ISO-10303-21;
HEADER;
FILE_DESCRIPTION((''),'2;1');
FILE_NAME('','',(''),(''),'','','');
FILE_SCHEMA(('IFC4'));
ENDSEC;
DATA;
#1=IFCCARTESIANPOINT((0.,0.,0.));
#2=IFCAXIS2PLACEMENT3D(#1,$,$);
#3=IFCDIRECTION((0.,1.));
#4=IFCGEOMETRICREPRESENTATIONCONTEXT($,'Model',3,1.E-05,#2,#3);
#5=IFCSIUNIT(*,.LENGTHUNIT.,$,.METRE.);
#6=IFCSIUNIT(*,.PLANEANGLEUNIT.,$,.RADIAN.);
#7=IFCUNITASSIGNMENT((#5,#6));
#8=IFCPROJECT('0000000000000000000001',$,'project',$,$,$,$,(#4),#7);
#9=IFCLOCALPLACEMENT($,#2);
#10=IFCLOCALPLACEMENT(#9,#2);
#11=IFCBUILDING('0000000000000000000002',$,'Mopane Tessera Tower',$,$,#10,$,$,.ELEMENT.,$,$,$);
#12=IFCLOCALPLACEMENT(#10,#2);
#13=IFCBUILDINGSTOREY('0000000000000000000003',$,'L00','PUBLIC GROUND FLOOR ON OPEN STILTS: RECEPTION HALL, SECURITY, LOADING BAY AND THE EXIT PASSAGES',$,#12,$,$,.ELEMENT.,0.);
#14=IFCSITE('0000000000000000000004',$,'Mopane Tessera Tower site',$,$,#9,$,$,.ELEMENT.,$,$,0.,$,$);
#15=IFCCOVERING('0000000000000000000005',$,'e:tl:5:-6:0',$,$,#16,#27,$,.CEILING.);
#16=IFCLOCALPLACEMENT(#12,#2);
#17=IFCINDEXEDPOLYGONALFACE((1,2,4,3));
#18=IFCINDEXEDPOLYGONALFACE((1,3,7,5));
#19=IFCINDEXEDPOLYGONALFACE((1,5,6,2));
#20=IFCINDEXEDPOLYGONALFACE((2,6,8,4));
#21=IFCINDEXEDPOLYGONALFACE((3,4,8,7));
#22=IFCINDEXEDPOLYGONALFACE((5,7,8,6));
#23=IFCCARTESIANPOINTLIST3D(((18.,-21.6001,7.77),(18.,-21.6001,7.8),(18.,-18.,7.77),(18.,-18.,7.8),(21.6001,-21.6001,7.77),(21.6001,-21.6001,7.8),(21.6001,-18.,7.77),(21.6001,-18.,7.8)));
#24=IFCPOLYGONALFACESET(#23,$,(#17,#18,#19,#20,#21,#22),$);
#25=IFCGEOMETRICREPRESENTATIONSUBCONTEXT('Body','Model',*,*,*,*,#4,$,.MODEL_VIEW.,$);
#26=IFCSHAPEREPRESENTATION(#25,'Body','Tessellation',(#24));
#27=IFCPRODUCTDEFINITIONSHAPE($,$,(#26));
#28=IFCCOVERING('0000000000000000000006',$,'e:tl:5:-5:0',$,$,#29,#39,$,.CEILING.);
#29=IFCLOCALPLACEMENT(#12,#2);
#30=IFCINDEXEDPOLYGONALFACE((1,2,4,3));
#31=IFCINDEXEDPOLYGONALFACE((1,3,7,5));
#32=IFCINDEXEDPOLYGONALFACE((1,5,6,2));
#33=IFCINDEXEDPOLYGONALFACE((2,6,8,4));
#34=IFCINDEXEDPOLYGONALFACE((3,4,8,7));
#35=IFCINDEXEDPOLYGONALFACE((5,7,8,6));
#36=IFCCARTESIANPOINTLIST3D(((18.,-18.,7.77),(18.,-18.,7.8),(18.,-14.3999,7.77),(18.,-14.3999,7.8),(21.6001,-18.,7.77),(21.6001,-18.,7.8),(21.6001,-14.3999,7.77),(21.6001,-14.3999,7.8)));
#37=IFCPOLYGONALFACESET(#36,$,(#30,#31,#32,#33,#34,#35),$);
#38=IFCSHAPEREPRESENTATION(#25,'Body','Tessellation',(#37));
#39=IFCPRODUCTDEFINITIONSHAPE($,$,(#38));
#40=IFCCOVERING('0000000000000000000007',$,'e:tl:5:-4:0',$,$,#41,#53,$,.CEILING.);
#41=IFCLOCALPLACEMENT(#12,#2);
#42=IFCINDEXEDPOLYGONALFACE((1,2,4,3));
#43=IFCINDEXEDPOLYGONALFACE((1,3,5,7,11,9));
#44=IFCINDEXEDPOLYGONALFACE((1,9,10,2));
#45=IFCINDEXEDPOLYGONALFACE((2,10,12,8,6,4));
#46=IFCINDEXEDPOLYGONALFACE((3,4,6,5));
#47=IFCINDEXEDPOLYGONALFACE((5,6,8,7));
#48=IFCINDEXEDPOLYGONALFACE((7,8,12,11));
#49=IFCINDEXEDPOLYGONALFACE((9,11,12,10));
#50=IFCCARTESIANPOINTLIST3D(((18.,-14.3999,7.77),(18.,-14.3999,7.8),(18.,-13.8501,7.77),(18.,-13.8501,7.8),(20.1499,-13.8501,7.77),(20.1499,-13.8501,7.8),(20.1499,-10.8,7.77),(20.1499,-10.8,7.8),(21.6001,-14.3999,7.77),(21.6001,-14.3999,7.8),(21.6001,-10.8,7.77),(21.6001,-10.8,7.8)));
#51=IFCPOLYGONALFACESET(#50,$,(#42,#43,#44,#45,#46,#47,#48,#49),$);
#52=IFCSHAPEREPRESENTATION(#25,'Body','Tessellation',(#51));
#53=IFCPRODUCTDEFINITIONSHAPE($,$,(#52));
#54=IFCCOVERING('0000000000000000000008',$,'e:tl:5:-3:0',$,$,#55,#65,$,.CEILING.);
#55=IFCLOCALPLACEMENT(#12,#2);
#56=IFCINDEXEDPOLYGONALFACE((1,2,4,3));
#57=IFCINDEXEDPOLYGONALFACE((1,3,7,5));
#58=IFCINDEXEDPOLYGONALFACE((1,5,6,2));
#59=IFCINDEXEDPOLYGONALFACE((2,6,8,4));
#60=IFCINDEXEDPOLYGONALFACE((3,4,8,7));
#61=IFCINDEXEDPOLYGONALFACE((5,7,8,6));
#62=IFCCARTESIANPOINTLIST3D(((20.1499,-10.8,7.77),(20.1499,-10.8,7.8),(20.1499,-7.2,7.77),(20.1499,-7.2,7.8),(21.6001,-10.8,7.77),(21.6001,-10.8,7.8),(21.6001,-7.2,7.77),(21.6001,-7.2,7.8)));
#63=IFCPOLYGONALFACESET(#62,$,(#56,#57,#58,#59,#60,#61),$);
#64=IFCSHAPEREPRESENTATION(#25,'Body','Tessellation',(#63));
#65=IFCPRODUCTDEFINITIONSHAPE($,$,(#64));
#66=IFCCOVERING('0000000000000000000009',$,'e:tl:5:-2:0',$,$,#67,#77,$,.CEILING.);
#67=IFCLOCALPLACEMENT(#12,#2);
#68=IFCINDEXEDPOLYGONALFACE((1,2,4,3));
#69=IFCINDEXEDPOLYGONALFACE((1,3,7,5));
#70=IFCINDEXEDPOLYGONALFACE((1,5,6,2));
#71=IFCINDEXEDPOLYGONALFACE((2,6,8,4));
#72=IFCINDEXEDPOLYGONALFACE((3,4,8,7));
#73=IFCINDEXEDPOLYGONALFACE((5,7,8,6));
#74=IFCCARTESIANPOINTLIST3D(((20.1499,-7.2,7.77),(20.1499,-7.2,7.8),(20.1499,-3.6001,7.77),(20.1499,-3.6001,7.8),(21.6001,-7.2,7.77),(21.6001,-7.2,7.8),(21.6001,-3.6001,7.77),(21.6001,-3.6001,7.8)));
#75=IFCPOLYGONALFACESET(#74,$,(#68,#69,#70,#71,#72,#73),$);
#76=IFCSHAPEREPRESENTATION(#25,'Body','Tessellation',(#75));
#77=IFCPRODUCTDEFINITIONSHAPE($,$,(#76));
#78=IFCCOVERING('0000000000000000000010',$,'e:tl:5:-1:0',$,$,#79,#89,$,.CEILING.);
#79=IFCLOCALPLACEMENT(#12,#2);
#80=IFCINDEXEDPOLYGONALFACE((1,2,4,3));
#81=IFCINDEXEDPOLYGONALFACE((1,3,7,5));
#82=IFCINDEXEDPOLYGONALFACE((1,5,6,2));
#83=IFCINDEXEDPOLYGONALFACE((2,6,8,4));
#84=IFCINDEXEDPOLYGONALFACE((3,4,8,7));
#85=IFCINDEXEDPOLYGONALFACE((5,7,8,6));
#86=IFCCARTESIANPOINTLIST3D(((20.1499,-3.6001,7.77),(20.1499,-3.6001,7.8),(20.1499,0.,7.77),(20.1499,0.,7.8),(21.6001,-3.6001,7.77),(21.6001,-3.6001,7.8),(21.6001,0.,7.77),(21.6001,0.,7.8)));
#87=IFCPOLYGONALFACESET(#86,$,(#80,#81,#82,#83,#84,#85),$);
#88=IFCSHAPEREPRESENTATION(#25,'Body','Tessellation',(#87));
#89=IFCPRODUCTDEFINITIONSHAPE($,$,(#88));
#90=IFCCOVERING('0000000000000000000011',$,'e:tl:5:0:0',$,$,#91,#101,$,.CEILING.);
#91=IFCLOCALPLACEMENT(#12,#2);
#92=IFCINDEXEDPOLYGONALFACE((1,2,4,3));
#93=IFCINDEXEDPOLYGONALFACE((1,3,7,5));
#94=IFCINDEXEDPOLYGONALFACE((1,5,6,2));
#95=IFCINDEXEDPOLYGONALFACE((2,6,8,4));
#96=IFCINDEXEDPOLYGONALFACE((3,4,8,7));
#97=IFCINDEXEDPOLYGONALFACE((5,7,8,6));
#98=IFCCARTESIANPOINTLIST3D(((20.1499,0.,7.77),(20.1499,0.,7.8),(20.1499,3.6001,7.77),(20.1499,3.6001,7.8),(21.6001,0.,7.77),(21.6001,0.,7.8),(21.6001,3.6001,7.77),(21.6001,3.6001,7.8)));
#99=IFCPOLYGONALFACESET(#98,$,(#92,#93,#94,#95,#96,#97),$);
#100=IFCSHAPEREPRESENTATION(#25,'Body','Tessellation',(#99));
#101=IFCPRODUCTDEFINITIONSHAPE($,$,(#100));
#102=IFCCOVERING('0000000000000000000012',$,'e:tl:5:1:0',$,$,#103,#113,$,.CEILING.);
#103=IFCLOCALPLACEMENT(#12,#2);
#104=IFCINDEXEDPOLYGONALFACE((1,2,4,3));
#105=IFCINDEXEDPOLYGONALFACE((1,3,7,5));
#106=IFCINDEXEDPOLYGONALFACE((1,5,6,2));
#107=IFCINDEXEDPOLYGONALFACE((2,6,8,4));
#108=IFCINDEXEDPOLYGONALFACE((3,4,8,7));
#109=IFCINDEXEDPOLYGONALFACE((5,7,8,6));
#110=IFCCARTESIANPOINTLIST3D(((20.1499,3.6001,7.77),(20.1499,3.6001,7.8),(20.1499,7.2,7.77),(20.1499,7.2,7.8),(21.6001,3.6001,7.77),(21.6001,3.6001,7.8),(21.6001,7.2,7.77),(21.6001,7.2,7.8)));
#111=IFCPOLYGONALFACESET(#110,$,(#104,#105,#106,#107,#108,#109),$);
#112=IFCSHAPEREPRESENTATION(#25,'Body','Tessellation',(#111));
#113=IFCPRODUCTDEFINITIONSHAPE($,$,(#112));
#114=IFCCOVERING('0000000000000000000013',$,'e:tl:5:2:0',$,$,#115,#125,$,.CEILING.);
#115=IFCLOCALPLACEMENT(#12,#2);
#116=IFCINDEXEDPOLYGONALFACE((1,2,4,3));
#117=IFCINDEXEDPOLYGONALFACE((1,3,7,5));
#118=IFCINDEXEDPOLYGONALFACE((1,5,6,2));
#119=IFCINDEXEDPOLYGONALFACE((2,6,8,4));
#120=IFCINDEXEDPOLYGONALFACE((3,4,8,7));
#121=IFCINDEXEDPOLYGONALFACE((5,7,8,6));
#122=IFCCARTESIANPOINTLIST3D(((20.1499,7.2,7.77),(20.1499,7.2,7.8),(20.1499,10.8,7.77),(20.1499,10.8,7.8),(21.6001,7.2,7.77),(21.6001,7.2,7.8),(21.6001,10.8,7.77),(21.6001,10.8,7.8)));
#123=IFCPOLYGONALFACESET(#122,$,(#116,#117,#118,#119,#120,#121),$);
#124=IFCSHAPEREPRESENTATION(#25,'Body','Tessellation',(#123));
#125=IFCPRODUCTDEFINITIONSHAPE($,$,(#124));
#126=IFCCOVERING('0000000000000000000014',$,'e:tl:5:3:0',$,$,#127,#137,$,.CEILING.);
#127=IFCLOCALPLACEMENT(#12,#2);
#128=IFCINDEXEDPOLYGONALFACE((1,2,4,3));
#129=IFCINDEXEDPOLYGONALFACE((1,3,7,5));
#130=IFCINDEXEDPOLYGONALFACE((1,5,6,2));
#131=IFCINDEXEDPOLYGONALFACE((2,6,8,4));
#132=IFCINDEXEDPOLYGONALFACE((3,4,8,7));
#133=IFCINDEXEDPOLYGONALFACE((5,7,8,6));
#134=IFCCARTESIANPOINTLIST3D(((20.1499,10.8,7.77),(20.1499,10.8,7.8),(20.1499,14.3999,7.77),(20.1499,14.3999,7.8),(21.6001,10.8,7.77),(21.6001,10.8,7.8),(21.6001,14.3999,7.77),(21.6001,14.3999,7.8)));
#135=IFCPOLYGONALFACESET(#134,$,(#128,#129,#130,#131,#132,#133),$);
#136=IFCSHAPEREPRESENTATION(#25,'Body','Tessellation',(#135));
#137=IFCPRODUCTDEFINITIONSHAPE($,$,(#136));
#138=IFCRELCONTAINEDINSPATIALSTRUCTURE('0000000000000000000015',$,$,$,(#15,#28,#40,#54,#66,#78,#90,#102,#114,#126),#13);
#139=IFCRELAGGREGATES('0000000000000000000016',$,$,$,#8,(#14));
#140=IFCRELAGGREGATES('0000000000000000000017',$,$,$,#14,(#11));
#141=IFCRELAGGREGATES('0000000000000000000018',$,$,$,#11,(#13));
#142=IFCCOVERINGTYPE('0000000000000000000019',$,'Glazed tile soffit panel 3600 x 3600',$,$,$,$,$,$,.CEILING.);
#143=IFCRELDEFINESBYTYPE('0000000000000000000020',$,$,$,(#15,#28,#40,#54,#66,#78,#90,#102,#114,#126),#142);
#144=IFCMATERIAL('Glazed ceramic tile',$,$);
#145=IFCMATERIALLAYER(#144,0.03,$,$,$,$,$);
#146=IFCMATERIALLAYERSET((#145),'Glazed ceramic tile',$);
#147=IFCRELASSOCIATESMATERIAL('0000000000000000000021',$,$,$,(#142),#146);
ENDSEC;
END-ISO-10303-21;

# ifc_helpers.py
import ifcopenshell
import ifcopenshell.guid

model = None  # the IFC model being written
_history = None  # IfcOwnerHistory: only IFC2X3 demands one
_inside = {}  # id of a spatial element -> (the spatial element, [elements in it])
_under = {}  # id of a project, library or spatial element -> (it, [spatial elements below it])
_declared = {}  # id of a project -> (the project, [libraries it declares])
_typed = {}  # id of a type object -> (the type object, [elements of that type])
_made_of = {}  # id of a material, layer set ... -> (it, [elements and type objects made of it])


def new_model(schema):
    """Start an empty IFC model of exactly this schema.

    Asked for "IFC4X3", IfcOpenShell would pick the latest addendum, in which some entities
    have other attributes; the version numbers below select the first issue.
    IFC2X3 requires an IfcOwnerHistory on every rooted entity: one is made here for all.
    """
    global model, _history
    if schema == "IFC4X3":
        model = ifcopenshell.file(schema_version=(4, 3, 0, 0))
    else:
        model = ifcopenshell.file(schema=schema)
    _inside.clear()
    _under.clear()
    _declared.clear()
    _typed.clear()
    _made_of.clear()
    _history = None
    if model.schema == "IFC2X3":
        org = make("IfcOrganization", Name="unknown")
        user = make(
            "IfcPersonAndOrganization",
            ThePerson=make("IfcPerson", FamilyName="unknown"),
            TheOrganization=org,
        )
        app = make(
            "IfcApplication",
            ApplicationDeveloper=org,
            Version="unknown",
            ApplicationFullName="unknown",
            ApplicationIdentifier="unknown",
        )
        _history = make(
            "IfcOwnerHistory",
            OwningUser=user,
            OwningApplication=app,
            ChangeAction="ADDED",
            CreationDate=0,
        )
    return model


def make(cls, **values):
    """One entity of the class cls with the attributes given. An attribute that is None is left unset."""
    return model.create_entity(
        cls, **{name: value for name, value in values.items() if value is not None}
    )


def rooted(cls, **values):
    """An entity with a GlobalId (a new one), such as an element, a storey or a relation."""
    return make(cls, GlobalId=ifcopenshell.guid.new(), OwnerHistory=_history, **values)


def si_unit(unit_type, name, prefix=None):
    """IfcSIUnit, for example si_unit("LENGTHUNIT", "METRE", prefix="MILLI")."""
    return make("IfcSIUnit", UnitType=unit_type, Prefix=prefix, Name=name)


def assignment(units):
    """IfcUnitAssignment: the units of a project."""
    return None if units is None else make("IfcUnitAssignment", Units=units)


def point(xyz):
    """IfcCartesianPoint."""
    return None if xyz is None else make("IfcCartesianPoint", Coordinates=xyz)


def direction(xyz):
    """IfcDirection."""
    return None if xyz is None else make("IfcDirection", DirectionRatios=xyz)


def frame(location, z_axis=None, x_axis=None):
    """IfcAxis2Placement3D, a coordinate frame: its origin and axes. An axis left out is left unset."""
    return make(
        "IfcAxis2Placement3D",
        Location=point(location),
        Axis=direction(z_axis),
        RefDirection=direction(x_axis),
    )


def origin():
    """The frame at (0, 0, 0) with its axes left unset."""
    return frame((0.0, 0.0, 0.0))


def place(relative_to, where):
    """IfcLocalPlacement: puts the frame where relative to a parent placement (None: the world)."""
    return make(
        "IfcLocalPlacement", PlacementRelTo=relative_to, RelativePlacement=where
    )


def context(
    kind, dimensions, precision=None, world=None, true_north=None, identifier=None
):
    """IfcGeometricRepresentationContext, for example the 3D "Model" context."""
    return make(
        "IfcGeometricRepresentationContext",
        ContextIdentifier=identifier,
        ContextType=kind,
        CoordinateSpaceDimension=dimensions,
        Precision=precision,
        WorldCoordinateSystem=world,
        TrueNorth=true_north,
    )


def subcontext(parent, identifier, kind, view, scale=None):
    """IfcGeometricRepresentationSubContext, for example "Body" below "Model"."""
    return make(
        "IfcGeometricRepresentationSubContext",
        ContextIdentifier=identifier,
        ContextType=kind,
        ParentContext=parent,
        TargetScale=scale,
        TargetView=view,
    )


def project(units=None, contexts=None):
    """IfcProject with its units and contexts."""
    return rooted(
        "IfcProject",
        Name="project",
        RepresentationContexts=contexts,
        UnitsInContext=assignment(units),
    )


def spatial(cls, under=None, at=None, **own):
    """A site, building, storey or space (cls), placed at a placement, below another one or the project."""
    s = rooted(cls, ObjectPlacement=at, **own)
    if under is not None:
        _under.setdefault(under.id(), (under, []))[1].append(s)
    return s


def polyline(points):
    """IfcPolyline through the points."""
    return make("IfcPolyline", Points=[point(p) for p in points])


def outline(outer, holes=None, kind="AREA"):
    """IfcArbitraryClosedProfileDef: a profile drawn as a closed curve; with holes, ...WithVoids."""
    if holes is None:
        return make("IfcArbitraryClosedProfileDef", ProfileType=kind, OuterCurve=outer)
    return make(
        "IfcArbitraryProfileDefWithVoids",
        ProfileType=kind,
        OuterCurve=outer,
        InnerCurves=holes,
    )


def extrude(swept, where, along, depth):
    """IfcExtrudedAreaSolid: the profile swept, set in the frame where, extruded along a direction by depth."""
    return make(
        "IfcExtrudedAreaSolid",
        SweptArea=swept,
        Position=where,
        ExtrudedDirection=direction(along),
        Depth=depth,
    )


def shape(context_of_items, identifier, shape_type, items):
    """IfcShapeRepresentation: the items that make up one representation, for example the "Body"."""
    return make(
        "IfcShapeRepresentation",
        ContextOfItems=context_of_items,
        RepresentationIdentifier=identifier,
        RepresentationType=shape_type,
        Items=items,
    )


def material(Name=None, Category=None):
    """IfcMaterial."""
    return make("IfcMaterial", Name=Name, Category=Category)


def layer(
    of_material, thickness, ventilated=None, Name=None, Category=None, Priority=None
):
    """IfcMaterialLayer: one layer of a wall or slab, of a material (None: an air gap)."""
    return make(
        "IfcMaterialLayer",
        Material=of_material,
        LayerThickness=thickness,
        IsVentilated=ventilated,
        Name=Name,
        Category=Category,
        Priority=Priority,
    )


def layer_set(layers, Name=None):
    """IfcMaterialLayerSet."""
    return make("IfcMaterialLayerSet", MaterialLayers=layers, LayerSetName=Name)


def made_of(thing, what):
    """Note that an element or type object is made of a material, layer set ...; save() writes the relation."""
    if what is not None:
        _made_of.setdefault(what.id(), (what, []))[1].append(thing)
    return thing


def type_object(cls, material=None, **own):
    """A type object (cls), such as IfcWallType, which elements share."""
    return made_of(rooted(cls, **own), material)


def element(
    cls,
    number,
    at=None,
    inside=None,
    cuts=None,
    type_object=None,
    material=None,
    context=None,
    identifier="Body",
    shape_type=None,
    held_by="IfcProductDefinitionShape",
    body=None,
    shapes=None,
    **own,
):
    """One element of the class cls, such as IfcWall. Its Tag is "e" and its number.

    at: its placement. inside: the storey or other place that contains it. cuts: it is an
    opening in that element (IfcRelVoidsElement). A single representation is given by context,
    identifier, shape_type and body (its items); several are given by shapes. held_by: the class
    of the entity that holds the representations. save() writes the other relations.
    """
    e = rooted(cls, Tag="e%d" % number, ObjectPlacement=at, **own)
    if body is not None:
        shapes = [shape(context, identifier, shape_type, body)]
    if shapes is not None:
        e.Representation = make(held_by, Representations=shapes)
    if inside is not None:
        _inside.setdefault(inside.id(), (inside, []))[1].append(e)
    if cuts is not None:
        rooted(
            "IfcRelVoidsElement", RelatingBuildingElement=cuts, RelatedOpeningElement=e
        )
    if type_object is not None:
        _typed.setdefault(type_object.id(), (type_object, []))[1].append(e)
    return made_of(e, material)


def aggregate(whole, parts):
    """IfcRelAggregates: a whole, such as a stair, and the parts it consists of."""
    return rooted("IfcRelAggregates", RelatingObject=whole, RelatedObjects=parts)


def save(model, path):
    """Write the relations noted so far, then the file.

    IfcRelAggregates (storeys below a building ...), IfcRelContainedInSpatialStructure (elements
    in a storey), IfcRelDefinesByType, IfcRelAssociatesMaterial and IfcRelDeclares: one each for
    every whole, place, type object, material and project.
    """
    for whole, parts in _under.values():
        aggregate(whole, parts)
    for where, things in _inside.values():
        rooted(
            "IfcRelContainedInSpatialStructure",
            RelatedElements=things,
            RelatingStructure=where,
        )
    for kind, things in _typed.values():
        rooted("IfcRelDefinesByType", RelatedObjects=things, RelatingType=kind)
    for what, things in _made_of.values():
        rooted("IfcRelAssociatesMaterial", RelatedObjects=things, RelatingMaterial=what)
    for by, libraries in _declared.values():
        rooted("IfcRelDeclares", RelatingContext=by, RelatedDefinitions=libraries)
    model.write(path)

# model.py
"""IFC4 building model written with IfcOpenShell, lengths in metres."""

from ifc_helpers import new_model, si_unit, direction, frame, origin, place, context, subcontext, project, spatial, polyline, outline, extrude, material, layer, layer_set, type_object, element, save


model = new_model("IFC4")

# Units and contexts
model_context = context("Model", 3, precision=1e-05, world=origin(), true_north=direction((0.0, 1.0)))
body_context = subcontext(model_context, "Body", "Model", "MODEL_VIEW")
ifc_project = project(units=[si_unit("LENGTHUNIT", "METRE"), si_unit("PLANEANGLEUNIT", "RADIAN")], contexts=[model_context])

# Site, building, storey
site_placement = place(None, origin())
site = spatial("IfcSite", under=ifc_project, at=site_placement, Name="Mopane Tessera Tower site", CompositionType="ELEMENT", RefElevation=0.0)
building_placement = place(site_placement, origin())
building = spatial("IfcBuilding", under=site, at=building_placement, Name="Mopane Tessera Tower", CompositionType="ELEMENT")
storey_placement = place(building_placement, origin())
storey = spatial("IfcBuildingStorey", under=building, at=storey_placement, Name="L00", Description="PUBLIC GROUND FLOOR ON OPEN STILTS: RECEPTION HALL, SECURITY, LOADING BAY AND THE EXIT PASSAGES", CompositionType="ELEMENT", Elevation=0.0)

# Coverings
ifc_material = material(Name="Glazed ceramic tile")
ifc_layer = layer(ifc_material, 0.03)
ifc_layer_set = layer_set([ifc_layer], Name="Glazed ceramic tile")
covering_type = type_object("IfcCoveringType", Name="Glazed tile soffit panel 3600 x 3600", PredefinedType="CEILING", material=ifc_layer_set)
covering_1_placement = place(storey_placement, frame((0.0, 0.0, 7.77)))
element("IfcCovering", 1, at=covering_1_placement, inside=storey, type_object=covering_type, Name="e:tl:5:-6:0", PredefinedType="CEILING", context=body_context, shape_type="SweptSolid", body=[
    extrude(outline(polyline([(18.0, -21.6001), (18.0, -18.0), (21.6001, -18.0), (21.6001, -21.6001), (18.0, -21.6001)])), origin(), (0.0, 0.0, 1.0), 0.03),
])
covering_2_placement = place(storey_placement, frame((0.0, 0.0, 7.77)))
element("IfcCovering", 2, at=covering_2_placement, inside=storey, type_object=covering_type, Name="e:tl:5:-5:0", PredefinedType="CEILING", context=body_context, shape_type="SweptSolid", body=[
    extrude(outline(polyline([(18.0, -18.0), (18.0, -14.3999), (21.6001, -14.3999), (21.6001, -18.0), (18.0, -18.0)])), origin(), (0.0, 0.0, 1.0), 0.03),
])
covering_3_placement = place(storey_placement, frame((0.0, 0.0, 7.77)))
element("IfcCovering", 3, at=covering_3_placement, inside=storey, type_object=covering_type, Name="e:tl:5:-4:0", PredefinedType="CEILING", context=body_context, shape_type="SweptSolid", body=[
    extrude(outline(polyline([(20.1499, -13.8501), (20.1499, -10.8), (21.6001, -10.8), (21.6001, -14.3999), (18.0, -14.3999), (18.0, -13.8501), (20.1499, -13.8501)])), origin(), (0.0, 0.0, 1.0), 0.03),
])
covering_4_placement = place(storey_placement, frame((0.0, 0.0, 7.77)))
element("IfcCovering", 4, at=covering_4_placement, inside=storey, type_object=covering_type, Name="e:tl:5:-3:0", PredefinedType="CEILING", context=body_context, shape_type="SweptSolid", body=[
    extrude(outline(polyline([(20.1499, -7.2), (21.6001, -7.2), (21.6001, -10.8), (20.1499, -10.8), (20.1499, -7.2)])), origin(), (0.0, 0.0, 1.0), 0.03),
])
covering_5_placement = place(storey_placement, frame((0.0, 0.0, 7.77)))
element("IfcCovering", 5, at=covering_5_placement, inside=storey, type_object=covering_type, Name="e:tl:5:-2:0", PredefinedType="CEILING", context=body_context, shape_type="SweptSolid", body=[
    extrude(outline(polyline([(20.1499, -3.6001), (21.6001, -3.6001), (21.6001, -7.2), (20.1499, -7.2), (20.1499, -3.6001)])), origin(), (0.0, 0.0, 1.0), 0.03),
])
covering_6_placement = place(storey_placement, frame((0.0, 0.0, 7.77)))
element("IfcCovering", 6, at=covering_6_placement, inside=storey, type_object=covering_type, Name="e:tl:5:-1:0", PredefinedType="CEILING", context=body_context, shape_type="SweptSolid", body=[
    extrude(outline(polyline([(20.1499, 0.0), (21.6001, 0.0), (21.6001, -3.6001), (20.1499, -3.6001), (20.1499, 0.0)])), origin(), (0.0, 0.0, 1.0), 0.03),
])
covering_7_placement = place(storey_placement, frame((0.0, 0.0, 7.77)))
element("IfcCovering", 7, at=covering_7_placement, inside=storey, type_object=covering_type, Name="e:tl:5:0:0", PredefinedType="CEILING", context=body_context, shape_type="SweptSolid", body=[
    extrude(outline(polyline([(20.1499, 3.6001), (21.6001, 3.6001), (21.6001, 0.0), (20.1499, 0.0), (20.1499, 3.6001)])), origin(), (0.0, 0.0, 1.0), 0.03),
])
covering_8_placement = place(storey_placement, frame((0.0, 0.0, 7.77)))
element("IfcCovering", 8, at=covering_8_placement, inside=storey, type_object=covering_type, Name="e:tl:5:1:0", PredefinedType="CEILING", context=body_context, shape_type="SweptSolid", body=[
    extrude(outline(polyline([(20.1499, 7.2), (21.6001, 7.2), (21.6001, 3.6001), (20.1499, 3.6001), (20.1499, 7.2)])), origin(), (0.0, 0.0, 1.0), 0.03),
])
covering_9_placement = place(storey_placement, frame((0.0, 0.0, 7.77)))
element("IfcCovering", 9, at=covering_9_placement, inside=storey, type_object=covering_type, Name="e:tl:5:2:0", PredefinedType="CEILING", context=body_context, shape_type="SweptSolid", body=[
    extrude(outline(polyline([(20.1499, 10.8), (21.6001, 10.8), (21.6001, 7.2), (20.1499, 7.2), (20.1499, 10.8)])), origin(), (0.0, 0.0, 1.0), 0.03),
])
covering_10_placement = place(storey_placement, frame((0.0, 0.0, 7.77)))
element("IfcCovering", 10, at=covering_10_placement, inside=storey, type_object=covering_type, Name="e:tl:5:3:0", PredefinedType="CEILING", context=body_context, shape_type="SweptSolid", body=[
    extrude(outline(polyline([(20.1499, 14.3999), (21.6001, 14.3999), (21.6001, 10.8), (20.1499, 10.8), (20.1499, 14.3999)])), origin(), (0.0, 0.0, 1.0), 0.03),
])

save(model, "model.ifc")
